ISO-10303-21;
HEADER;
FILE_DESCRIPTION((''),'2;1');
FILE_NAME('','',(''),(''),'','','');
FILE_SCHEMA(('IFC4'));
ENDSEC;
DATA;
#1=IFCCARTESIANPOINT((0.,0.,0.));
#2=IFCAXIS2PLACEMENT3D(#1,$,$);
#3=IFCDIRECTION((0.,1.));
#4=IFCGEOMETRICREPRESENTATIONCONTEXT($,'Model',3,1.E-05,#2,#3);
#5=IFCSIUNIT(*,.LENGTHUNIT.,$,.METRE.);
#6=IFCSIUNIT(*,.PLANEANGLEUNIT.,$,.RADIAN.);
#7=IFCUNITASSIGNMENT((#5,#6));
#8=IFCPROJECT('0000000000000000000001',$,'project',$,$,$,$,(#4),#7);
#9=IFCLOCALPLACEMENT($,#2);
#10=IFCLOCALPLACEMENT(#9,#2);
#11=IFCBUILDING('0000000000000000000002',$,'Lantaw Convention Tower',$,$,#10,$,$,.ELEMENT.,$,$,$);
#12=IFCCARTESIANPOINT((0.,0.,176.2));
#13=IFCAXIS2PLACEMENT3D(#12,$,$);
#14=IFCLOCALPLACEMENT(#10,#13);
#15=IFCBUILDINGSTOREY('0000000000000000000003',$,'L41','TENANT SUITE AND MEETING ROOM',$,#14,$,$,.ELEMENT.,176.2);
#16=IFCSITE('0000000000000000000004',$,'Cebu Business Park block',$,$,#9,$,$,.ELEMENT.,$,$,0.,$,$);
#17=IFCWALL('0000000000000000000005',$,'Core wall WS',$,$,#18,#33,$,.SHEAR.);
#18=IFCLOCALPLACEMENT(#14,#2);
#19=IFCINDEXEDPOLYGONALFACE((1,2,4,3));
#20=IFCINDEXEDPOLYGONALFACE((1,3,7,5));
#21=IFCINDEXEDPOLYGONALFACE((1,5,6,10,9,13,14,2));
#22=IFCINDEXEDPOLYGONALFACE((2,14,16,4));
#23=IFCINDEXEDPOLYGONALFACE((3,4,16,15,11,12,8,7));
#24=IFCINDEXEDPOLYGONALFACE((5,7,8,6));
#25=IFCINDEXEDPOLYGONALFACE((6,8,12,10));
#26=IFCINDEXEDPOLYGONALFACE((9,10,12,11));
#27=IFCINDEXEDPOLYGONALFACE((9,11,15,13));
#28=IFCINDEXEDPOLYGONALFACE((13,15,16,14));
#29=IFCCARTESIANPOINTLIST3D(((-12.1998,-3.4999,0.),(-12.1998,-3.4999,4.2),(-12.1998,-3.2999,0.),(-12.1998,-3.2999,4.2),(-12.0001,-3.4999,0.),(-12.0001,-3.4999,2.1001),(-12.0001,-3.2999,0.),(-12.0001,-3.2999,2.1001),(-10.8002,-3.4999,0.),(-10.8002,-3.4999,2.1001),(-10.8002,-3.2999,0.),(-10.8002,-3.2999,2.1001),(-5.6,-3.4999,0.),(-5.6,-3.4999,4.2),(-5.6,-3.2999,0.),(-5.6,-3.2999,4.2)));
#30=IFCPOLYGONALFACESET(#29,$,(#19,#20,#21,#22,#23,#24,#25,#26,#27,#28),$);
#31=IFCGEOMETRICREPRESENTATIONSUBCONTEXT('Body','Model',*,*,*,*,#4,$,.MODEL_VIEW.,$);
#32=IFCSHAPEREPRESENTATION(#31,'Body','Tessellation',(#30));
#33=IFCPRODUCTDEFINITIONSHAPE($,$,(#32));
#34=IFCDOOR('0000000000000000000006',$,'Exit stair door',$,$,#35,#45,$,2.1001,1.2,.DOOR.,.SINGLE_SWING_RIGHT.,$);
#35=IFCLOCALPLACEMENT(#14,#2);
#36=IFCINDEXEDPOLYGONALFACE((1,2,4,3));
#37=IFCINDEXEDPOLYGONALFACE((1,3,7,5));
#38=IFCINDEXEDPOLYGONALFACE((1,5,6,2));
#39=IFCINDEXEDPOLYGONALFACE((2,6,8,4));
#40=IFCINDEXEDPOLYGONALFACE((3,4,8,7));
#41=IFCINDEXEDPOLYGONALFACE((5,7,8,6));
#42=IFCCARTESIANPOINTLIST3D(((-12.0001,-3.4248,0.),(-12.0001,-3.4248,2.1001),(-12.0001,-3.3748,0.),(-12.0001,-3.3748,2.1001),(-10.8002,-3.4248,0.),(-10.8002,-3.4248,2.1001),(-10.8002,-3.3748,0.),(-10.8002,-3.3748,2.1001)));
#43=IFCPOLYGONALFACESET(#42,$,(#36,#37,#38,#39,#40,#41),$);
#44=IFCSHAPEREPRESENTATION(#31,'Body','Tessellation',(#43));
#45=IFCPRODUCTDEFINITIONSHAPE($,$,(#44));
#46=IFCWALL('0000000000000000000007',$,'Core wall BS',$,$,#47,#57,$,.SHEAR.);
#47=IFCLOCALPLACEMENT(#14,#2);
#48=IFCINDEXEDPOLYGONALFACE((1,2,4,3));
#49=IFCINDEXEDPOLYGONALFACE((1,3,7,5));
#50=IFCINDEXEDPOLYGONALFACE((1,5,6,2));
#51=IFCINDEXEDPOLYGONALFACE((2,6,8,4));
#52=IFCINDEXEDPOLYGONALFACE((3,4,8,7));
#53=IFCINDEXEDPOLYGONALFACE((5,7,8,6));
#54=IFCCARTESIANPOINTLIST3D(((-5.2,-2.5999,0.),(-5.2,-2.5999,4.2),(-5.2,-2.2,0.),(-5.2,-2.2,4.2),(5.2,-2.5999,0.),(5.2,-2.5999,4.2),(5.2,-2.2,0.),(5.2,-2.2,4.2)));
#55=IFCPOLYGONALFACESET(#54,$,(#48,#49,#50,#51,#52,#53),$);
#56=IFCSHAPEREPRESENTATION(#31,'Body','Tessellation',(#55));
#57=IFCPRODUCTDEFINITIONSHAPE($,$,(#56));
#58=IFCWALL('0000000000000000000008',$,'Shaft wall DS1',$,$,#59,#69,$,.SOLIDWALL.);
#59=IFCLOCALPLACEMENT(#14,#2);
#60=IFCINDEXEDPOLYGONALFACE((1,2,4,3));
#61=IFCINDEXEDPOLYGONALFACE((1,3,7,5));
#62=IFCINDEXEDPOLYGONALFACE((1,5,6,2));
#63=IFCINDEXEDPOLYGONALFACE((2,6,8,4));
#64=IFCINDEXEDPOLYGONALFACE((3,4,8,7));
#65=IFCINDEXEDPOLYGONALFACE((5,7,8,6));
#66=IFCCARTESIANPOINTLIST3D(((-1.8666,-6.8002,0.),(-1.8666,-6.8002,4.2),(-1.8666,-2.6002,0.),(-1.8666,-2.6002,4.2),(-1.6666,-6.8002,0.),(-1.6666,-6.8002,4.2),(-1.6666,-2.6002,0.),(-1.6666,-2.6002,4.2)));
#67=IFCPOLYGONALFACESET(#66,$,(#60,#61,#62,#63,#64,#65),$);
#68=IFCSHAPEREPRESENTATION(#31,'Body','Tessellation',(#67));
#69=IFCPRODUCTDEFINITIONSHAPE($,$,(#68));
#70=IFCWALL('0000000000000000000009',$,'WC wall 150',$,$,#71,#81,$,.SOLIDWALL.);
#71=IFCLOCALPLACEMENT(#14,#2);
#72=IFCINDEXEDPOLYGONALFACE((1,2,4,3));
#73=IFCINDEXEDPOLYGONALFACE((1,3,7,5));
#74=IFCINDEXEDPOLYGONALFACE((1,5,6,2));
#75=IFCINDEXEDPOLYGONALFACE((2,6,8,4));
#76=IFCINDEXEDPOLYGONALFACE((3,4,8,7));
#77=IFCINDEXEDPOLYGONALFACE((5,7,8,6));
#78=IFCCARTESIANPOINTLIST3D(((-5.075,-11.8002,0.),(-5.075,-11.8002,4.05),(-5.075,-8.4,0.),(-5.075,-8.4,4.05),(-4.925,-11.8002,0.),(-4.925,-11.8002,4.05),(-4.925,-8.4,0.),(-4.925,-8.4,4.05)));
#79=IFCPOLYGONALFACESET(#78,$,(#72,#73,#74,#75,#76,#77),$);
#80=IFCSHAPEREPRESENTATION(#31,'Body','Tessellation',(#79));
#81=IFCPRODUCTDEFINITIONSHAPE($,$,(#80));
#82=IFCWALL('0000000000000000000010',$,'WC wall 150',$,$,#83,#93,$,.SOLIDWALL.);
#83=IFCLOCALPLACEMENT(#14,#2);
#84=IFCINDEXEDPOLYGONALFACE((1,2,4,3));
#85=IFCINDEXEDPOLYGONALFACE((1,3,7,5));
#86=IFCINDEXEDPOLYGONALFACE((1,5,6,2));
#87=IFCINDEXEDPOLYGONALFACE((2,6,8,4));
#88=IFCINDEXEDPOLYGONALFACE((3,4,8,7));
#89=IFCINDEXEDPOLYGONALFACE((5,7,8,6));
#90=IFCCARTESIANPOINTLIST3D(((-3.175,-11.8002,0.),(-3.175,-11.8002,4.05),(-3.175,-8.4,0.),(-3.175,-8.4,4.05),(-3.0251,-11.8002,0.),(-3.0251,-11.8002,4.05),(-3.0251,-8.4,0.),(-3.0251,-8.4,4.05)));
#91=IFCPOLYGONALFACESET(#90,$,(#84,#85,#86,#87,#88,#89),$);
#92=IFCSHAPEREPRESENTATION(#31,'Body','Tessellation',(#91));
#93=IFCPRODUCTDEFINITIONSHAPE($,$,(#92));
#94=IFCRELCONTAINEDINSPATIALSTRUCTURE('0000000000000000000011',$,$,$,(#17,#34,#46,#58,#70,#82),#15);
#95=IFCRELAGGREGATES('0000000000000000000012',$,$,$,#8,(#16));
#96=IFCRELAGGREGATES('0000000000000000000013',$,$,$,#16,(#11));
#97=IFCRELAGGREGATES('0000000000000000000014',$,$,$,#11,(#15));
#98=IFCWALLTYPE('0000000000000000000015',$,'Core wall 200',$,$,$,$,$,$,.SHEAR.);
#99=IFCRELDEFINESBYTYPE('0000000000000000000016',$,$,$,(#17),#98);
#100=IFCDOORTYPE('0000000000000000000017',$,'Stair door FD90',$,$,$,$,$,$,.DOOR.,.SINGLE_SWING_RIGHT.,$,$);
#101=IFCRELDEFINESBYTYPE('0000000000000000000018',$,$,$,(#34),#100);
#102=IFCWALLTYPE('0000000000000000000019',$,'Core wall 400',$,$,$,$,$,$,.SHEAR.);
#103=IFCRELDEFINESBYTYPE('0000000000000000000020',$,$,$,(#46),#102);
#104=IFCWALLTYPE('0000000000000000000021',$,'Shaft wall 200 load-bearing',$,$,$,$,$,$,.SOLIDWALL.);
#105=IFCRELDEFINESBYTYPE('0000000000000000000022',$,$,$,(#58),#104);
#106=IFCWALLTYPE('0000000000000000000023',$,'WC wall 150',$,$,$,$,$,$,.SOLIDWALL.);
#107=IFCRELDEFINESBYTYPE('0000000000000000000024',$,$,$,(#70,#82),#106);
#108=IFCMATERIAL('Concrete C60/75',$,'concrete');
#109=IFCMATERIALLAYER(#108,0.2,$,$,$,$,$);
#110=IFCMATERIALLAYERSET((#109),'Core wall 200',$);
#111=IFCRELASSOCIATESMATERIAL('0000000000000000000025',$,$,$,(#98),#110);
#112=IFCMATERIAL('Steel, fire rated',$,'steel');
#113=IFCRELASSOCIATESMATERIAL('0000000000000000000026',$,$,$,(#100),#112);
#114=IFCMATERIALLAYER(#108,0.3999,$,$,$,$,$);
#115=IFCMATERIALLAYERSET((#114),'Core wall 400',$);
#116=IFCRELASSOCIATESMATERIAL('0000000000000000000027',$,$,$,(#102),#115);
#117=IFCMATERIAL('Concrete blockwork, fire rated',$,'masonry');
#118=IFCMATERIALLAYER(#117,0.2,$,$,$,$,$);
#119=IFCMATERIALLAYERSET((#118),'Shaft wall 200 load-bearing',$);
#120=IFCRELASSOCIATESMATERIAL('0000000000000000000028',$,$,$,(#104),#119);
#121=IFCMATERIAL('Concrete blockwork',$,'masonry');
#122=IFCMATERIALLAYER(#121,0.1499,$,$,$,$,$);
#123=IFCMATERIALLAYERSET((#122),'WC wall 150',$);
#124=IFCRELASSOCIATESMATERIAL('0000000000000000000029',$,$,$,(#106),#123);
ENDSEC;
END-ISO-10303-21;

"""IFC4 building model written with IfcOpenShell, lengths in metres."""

from ifc_helpers import new_model, si_unit, direction, frame, frame_2d, origin, place, context, subcontext, project, spatial, rectangle, extrude, material, layer, layer_set, type_object, element, fill, save


model = new_model("IFC4")

# Units and contexts
model_context = context("Model", 3, precision=1e-05, world=origin(), true_north=direction((0.0, 1.0)))
body_context = subcontext(model_context, "Body", "Model", "MODEL_VIEW")
ifc_project = project(units=[si_unit("LENGTHUNIT", "METRE"), si_unit("PLANEANGLEUNIT", "RADIAN")], contexts=[model_context])

# Site, building, storey
site_placement = place(None, origin())
site = spatial("IfcSite", under=ifc_project, at=site_placement, Name="Cebu Business Park block", CompositionType="ELEMENT", RefElevation=0.0)
building_placement = place(site_placement, origin())
building = spatial("IfcBuilding", under=site, at=building_placement, Name="Lantaw Convention Tower", CompositionType="ELEMENT")
storey_placement = place(building_placement, frame((0.0, 0.0, 176.2)))
storey = spatial("IfcBuildingStorey", under=building, at=storey_placement, Name="L41", Description="TENANT SUITE AND MEETING ROOM", CompositionType="ELEMENT", Elevation=176.2)

# Shared definitions
ifc_material_1 = material(Name="Concrete C60/75", Category="concrete")

# Wall, opening, door
ifc_layer_1 = layer(ifc_material_1, 0.2)
ifc_layer_set_1 = layer_set([ifc_layer_1], Name="Core wall 200")
wall_type_1 = type_object("IfcWallType", Name="Core wall 200", PredefinedType="SHEAR", material=ifc_layer_set_1)
wall_1_placement = place(storey_placement, frame((-5.6001, -3.3999, 0.0), z_axis=(0.0, 0.0, 1.0), x_axis=(-1.0, 0.0, 0.0)))
wall_1 = element("IfcWall", 1, at=wall_1_placement, inside=storey, type_object=wall_type_1, Name="Core wall WS", PredefinedType="SHEAR", context=body_context, shape_type="SweptSolid", body=[
    extrude(rectangle(XDim=6.5999, YDim=0.2, at=frame_2d((3.2998, 0.0))), origin(), (0.0, 0.0, 1.0), 4.2),
])
opening_placement = place(wall_1_placement, frame((5.2, 0.0, 0.0)))
opening = element("IfcOpeningElement", 2, at=opening_placement, cuts=wall_1, PredefinedType="OPENING", context=body_context, shape_type="SweptSolid", body=[
    extrude(rectangle(XDim=1.2, YDim=2.1001, at=frame_2d((0.6001, 1.05))), frame((0.0, 0.1099, 0.0), z_axis=(0.0, -1.0, 0.0), x_axis=(1.0, 0.0, 0.0)), (0.0, 0.0, 1.0), 0.22),
])
ifc_material_2 = material(Name="Steel, fire rated", Category="steel")
door_type = type_object("IfcDoorType", Name="Stair door FD90", OperationType="SINGLE_SWING_RIGHT", PredefinedType="DOOR", material=ifc_material_2)
door_placement = place(opening_placement, origin())
door = element("IfcDoor", 3, at=door_placement, inside=storey, type_object=door_type, Name="Exit stair door", OperationType="SINGLE_SWING_RIGHT", OverallHeight=2.1001, OverallWidth=1.2, PredefinedType="DOOR", context=body_context, shape_type="SweptSolid", body=[
    extrude(rectangle(XDim=1.2, YDim=2.1001, at=frame_2d((0.6001, 1.05))), frame((0.0, 0.0249, 0.0), z_axis=(0.0, -1.0, 0.0), x_axis=(1.0, 0.0, 0.0)), (0.0, 0.0, 1.0), 0.05),
])
fill(opening, door)

# Walls
ifc_layer_2 = layer(ifc_material_1, 0.3999)
ifc_layer_set_2 = layer_set([ifc_layer_2], Name="Core wall 400")
wall_type_2 = type_object("IfcWallType", Name="Core wall 400", PredefinedType="SHEAR", material=ifc_layer_set_2)
wall_2_placement = place(storey_placement, frame((-5.2, -2.3999, 0.0), z_axis=(0.0, 0.0, 1.0), x_axis=(1.0, 0.0, 0.0)))
element("IfcWall", 4, at=wall_2_placement, inside=storey, type_object=wall_type_2, Name="Core wall BS", PredefinedType="SHEAR", context=body_context, shape_type="SweptSolid", body=[
    extrude(rectangle(XDim=10.3999, YDim=0.3999, at=frame_2d((5.2, 0.0))), origin(), (0.0, 0.0, 1.0), 4.2),
])
ifc_material_3 = material(Name="Concrete blockwork, fire rated", Category="masonry")
ifc_layer_3 = layer(ifc_material_3, 0.2)
ifc_layer_set_3 = layer_set([ifc_layer_3], Name="Shaft wall 200 load-bearing")
wall_type_3 = type_object("IfcWallType", Name="Shaft wall 200 load-bearing", PredefinedType="SOLIDWALL", material=ifc_layer_set_3)
wall_3_placement = place(storey_placement, frame((-1.7666, -2.6001, 0.0), z_axis=(0.0, 0.0, 1.0), x_axis=(0.0, -1.0, 0.0)))
element("IfcWall", 5, at=wall_3_placement, inside=storey, type_object=wall_type_3, Name="Shaft wall DS1", PredefinedType="SOLIDWALL", context=body_context, shape_type="SweptSolid", body=[
    extrude(rectangle(XDim=4.2, YDim=0.2, at=frame_2d((2.1001, 0.0))), origin(), (0.0, 0.0, 1.0), 4.2),
])
ifc_material_4 = material(Name="Concrete blockwork", Category="masonry")
ifc_layer_4 = layer(ifc_material_4, 0.1499)
ifc_layer_set_4 = layer_set([ifc_layer_4], Name="WC wall 150")
wall_type_4 = type_object("IfcWallType", Name="WC wall 150", PredefinedType="SOLIDWALL", material=ifc_layer_set_4)
for number, where, z_axis, x_axis, name in (
    (6, (-5.0, -8.3999, 0.0), (0.0, 0.0, 1.0), (0.0, -1.0, 0.0), "WC wall 150"),
    (7, (-3.1001, -8.3999, 0.0), (0.0, 0.0, 1.0), (0.0, -1.0, 0.0), "WC wall 150"),
):
    element("IfcWall", number, at=place(storey_placement, frame(where, z_axis=z_axis, x_axis=x_axis)), inside=storey, type_object=wall_type_4, Name=name, PredefinedType="SOLIDWALL", context=body_context, shape_type="SweptSolid", body=[
        extrude(rectangle(XDim=3.4001, YDim=0.1499, at=frame_2d((1.7002, 0.0))), origin(), (0.0, 0.0, 1.0), 4.05),
    ])

save(model, "model.ifc")
